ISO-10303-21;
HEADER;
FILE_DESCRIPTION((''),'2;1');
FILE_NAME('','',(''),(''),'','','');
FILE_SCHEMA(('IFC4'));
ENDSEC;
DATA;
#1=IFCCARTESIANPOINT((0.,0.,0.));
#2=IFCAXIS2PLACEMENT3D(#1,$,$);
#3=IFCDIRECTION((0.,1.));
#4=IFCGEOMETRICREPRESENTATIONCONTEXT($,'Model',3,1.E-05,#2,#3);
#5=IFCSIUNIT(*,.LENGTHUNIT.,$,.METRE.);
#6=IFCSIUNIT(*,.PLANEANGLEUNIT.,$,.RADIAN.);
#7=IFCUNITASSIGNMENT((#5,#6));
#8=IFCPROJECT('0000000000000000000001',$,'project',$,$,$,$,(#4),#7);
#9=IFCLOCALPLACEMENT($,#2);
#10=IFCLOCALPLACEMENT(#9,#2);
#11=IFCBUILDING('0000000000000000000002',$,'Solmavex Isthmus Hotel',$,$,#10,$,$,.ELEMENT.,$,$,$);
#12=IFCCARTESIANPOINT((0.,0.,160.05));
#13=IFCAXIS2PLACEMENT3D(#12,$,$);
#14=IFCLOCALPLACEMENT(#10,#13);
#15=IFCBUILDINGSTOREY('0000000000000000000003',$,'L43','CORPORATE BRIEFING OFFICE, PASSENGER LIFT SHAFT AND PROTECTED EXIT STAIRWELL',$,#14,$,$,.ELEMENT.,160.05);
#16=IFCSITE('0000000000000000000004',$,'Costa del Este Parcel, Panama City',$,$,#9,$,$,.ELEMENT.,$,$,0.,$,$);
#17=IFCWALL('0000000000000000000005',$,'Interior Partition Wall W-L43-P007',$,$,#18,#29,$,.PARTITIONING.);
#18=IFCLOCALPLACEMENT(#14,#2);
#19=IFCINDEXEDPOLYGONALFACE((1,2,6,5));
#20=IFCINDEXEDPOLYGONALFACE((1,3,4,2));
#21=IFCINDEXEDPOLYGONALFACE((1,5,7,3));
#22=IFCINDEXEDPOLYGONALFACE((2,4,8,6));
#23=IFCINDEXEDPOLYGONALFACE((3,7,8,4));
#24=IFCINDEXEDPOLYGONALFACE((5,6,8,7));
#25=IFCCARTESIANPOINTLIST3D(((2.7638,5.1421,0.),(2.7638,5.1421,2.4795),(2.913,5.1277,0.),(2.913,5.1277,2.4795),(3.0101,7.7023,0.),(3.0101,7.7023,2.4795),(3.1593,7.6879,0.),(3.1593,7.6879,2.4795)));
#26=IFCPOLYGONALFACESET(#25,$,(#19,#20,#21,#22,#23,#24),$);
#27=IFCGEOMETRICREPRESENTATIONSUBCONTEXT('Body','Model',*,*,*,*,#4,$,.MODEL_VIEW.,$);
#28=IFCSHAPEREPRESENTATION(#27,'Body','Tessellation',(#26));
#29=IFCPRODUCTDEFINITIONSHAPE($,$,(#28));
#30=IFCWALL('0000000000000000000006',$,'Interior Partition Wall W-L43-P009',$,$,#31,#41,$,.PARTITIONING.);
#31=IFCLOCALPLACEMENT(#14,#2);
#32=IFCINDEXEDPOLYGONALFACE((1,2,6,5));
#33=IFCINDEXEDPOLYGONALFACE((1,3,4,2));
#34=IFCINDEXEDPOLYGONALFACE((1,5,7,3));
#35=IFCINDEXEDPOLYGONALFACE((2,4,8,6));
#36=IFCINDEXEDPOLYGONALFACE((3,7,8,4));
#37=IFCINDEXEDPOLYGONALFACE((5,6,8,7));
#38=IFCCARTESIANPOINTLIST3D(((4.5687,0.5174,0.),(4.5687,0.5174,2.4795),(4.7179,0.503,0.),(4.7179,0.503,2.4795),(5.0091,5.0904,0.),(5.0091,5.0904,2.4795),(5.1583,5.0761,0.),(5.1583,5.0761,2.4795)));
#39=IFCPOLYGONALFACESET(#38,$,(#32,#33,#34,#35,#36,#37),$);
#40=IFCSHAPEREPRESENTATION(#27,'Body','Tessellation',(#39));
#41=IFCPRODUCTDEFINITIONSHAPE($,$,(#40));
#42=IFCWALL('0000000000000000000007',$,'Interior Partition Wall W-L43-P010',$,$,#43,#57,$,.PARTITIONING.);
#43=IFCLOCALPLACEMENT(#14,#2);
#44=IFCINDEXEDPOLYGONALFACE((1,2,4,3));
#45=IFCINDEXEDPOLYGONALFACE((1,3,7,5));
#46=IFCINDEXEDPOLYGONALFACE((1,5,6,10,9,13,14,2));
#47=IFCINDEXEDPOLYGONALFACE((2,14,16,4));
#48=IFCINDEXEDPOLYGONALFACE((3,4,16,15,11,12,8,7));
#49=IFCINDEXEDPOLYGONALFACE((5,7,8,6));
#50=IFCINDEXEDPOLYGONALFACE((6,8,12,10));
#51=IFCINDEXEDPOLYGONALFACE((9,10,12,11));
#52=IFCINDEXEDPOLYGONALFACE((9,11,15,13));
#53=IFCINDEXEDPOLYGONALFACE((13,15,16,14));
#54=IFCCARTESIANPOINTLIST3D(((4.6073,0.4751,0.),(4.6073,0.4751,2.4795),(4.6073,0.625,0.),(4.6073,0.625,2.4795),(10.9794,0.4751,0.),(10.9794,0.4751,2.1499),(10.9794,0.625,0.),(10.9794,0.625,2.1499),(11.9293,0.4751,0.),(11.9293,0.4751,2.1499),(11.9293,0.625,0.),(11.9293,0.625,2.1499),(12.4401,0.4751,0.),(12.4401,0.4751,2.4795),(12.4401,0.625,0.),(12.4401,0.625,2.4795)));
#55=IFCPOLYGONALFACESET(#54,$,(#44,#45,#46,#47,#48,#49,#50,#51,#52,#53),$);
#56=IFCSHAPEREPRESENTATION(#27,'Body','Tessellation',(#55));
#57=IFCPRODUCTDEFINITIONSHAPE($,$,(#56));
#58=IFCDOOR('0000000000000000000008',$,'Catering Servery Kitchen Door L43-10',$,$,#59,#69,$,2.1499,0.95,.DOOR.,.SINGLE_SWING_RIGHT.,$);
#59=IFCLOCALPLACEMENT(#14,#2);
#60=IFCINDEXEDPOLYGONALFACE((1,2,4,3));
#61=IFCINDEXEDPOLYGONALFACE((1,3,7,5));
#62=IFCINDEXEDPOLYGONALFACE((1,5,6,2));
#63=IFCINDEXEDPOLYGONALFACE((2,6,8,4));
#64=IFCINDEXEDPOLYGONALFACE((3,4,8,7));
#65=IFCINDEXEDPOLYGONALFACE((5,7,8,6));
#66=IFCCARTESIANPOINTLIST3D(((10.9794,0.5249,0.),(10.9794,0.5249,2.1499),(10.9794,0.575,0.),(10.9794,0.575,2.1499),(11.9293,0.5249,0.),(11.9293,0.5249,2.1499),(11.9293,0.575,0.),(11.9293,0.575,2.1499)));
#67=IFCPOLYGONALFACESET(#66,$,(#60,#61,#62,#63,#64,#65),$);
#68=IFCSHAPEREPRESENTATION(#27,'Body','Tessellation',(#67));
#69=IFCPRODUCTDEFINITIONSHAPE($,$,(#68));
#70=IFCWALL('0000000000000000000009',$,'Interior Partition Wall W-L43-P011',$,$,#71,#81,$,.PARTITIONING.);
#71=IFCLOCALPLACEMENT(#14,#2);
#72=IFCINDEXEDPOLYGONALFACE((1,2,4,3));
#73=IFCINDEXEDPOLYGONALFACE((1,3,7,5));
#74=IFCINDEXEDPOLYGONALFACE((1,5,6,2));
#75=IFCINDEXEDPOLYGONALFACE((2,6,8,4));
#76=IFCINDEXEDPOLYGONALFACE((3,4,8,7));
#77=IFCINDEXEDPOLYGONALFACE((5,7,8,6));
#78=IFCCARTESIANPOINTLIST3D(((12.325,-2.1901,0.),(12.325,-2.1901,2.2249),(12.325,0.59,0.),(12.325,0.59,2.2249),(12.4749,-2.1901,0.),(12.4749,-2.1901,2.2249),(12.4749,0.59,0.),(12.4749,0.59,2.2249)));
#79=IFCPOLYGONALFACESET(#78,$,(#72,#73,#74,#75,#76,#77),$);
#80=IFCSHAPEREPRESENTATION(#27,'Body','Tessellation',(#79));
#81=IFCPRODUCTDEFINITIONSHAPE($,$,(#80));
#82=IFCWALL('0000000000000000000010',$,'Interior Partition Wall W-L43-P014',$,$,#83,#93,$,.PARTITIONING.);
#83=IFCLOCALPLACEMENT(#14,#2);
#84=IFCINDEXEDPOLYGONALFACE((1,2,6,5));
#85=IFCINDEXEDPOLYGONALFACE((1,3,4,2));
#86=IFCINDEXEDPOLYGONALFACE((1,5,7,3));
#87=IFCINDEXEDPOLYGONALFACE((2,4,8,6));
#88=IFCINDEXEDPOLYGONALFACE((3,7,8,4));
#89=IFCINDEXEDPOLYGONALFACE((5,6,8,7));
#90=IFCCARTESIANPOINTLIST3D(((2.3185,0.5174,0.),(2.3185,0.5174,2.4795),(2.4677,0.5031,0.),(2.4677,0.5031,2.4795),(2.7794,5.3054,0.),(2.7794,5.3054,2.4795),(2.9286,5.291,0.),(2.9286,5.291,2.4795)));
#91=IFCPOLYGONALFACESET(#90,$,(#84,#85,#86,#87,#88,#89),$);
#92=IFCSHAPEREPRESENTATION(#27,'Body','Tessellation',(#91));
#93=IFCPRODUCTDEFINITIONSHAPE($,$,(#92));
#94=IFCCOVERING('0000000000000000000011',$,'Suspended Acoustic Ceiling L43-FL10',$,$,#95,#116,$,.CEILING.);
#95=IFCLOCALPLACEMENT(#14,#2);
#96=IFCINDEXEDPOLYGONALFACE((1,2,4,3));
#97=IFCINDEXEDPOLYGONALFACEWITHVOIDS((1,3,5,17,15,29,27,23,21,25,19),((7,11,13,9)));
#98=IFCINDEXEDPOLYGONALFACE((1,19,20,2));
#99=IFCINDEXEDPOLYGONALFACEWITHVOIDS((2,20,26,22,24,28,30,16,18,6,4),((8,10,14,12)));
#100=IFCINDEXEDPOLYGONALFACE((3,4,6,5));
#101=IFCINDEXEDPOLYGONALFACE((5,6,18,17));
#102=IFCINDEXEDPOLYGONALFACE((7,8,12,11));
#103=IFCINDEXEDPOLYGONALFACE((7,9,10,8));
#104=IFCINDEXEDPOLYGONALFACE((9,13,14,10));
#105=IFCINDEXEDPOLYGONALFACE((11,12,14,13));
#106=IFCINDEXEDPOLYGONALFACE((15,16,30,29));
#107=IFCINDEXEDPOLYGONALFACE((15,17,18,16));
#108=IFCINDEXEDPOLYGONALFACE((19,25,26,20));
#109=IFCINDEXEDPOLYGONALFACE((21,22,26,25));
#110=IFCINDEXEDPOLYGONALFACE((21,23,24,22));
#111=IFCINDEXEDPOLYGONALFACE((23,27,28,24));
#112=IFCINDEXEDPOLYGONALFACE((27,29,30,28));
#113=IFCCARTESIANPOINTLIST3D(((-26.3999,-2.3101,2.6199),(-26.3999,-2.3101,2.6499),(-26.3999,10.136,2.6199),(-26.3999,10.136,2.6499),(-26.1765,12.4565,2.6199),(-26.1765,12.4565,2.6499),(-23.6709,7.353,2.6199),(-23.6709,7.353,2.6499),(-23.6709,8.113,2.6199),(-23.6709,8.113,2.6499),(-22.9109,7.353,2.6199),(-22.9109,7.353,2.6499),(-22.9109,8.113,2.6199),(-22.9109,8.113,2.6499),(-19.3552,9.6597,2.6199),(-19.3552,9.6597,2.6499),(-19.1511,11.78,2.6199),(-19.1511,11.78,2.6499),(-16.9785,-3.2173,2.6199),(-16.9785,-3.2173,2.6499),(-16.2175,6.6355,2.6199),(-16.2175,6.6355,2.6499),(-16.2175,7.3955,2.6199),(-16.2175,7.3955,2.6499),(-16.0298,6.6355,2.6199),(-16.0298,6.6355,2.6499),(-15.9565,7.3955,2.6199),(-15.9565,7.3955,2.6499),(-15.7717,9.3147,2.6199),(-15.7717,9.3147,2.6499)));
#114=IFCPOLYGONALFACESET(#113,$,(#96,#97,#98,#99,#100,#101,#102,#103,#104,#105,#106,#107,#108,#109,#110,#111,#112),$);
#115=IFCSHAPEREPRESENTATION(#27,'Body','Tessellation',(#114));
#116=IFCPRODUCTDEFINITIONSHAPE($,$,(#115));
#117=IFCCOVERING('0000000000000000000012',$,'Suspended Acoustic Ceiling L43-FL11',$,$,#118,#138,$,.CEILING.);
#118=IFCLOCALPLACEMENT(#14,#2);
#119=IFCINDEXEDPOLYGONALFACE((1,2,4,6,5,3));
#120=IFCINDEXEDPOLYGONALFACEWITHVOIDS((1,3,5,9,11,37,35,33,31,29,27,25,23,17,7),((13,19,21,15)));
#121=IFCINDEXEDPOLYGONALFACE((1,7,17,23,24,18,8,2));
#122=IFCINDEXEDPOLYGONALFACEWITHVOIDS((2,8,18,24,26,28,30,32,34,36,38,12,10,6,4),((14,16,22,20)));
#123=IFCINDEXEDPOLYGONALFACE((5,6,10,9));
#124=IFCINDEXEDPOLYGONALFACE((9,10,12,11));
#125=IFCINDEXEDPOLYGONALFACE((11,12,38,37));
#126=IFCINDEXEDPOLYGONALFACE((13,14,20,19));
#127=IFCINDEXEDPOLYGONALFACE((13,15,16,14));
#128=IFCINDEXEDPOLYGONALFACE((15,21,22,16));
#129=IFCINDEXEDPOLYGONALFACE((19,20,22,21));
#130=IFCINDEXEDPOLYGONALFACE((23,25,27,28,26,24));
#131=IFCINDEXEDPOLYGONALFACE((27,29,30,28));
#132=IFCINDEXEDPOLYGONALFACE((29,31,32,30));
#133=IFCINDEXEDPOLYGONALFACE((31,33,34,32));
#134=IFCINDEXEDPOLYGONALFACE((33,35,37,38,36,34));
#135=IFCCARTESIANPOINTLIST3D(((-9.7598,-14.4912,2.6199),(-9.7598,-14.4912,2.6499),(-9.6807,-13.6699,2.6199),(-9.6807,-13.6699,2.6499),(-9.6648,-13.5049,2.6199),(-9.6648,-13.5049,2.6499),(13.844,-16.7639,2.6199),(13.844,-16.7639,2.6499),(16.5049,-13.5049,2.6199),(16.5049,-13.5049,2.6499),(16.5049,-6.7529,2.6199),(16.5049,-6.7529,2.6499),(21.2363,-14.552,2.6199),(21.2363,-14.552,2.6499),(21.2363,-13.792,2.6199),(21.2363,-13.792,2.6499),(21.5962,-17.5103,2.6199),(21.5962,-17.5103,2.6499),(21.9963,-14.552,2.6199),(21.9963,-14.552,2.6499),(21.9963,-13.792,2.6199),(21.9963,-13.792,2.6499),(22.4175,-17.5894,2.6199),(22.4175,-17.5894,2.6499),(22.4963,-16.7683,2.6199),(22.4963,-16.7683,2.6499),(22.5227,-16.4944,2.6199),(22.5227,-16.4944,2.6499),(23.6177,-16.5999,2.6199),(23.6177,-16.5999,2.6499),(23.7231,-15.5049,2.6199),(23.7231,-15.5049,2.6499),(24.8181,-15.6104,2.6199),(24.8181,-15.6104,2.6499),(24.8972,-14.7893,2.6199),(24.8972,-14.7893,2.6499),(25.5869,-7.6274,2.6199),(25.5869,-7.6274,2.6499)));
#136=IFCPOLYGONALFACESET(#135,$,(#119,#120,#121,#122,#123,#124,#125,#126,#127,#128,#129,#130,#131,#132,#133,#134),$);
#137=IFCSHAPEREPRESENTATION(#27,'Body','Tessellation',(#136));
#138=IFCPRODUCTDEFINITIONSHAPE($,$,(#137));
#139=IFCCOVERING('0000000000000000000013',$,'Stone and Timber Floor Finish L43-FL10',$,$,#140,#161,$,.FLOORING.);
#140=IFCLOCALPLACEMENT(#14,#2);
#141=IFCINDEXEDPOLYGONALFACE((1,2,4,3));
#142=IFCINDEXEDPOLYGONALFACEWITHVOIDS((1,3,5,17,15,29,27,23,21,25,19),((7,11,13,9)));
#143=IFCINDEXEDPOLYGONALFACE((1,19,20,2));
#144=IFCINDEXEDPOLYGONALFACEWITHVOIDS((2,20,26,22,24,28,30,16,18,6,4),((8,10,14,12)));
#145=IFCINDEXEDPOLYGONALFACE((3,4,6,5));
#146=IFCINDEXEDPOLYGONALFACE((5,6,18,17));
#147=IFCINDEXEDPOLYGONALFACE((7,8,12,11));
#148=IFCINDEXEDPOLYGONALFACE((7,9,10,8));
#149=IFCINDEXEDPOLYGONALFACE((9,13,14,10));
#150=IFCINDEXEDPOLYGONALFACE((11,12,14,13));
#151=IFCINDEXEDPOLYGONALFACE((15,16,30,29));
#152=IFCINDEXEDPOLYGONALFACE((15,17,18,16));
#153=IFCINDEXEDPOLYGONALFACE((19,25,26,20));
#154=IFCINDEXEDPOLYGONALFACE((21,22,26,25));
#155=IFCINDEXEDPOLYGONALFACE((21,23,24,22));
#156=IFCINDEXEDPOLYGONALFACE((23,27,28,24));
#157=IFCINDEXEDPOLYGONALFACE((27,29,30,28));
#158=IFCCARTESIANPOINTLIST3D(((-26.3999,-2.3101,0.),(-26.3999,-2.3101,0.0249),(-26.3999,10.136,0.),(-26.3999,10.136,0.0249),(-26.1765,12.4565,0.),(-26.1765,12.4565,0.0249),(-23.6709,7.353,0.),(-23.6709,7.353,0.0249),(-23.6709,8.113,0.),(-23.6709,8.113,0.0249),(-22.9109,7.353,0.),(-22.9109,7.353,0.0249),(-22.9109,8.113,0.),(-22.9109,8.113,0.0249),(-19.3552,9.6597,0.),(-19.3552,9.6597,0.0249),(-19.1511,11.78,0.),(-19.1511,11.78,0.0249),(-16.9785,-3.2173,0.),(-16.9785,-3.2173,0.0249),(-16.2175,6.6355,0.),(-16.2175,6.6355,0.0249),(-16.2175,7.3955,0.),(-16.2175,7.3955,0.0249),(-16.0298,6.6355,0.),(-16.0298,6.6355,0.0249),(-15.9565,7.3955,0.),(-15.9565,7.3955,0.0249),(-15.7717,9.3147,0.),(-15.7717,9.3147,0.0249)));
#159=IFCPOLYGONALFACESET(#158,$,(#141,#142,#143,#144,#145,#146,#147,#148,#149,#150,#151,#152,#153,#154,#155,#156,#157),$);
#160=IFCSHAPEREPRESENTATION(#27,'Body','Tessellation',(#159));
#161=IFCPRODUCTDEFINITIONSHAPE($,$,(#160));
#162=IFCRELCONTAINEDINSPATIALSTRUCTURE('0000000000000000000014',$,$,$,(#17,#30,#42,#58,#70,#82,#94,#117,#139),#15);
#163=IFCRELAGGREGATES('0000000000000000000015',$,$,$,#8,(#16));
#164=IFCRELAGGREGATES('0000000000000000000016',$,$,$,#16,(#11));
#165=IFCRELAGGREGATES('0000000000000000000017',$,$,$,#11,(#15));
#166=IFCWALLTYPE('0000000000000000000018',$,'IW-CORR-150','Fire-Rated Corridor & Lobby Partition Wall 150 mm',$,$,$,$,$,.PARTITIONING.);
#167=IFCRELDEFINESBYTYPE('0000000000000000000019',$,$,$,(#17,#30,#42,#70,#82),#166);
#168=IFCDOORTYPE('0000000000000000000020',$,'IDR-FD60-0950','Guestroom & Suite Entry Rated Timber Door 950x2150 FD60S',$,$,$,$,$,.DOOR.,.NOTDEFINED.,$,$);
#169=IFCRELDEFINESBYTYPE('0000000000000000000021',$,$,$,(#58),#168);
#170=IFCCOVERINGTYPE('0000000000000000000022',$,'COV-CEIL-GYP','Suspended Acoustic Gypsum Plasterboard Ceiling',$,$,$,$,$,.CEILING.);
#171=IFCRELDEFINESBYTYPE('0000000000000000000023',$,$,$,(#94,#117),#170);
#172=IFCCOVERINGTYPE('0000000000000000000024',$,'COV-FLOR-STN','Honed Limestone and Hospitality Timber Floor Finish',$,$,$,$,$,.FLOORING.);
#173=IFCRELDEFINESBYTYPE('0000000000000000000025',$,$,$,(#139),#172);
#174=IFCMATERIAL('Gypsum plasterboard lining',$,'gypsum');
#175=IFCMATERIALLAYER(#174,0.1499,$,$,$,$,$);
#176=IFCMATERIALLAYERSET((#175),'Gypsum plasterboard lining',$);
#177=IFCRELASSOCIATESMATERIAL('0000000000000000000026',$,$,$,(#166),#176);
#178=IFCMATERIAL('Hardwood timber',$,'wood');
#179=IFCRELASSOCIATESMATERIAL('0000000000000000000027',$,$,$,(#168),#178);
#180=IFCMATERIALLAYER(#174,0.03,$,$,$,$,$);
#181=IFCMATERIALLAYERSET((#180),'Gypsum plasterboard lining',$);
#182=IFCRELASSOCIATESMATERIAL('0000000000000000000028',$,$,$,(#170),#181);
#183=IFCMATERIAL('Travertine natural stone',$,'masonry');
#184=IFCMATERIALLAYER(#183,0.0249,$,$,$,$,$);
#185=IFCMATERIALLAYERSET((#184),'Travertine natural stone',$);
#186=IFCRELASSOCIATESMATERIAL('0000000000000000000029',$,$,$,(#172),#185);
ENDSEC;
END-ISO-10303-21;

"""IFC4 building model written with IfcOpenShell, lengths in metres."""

from ifc_helpers import new_model, si_unit, direction, frame, frame_2d, origin, place, context, subcontext, project, spatial, polyline, rectangle, outline, extrude, material, layer, layer_set, type_object, element, fill, save


model = new_model("IFC4")

# Units and contexts
model_context = context("Model", 3, precision=1e-05, world=origin(), true_north=direction((0.0, 1.0)))
body_context = subcontext(model_context, "Body", "Model", "MODEL_VIEW")
ifc_project = project(units=[si_unit("LENGTHUNIT", "METRE"), si_unit("PLANEANGLEUNIT", "RADIAN")], contexts=[model_context])

# Site, building, storey
site_placement = place(None, origin())
site = spatial("IfcSite", under=ifc_project, at=site_placement, Name="Costa del Este Parcel, Panama City", CompositionType="ELEMENT", RefElevation=0.0)
building_placement = place(site_placement, origin())
building = spatial("IfcBuilding", under=site, at=building_placement, Name="Solmavex Isthmus Hotel", CompositionType="ELEMENT")
storey_placement = place(building_placement, frame((0.0, 0.0, 160.05)))
storey = spatial("IfcBuildingStorey", under=building, at=storey_placement, Name="L43", Description="CORPORATE BRIEFING OFFICE, PASSENGER LIFT SHAFT AND PROTECTED EXIT STAIRWELL", CompositionType="ELEMENT", Elevation=160.05)

# Walls
ifc_material_1 = material(Name="Gypsum plasterboard lining", Category="gypsum")
ifc_layer_1 = layer(ifc_material_1, 0.1499)
ifc_layer_set_1 = layer_set([ifc_layer_1], Name="Gypsum plasterboard lining")
wall_type_1 = type_object("IfcWallType", Name="IW-CORR-150", Description="Fire-Rated Corridor & Lobby Partition Wall 150 mm", PredefinedType="PARTITIONING", material=ifc_layer_set_1)
wall_1_placement = place(storey_placement, frame((2.8384, 5.1348, 0.0), z_axis=(0.0, 0.0, 1.0), x_axis=(0.095772, 0.995403, 0.0)))
element("IfcWall", 1, at=wall_1_placement, inside=storey, type_object=wall_type_1, Name="Interior Partition Wall W-L43-P007", PredefinedType="PARTITIONING", context=body_context, shape_type="SweptSolid", body=[
    extrude(rectangle(XDim=2.572, YDim=0.1499, at=frame_2d((1.2861, 0.0))), origin(), (0.0, 0.0, 1.0), 2.4795),
])
wall_2_placement = place(storey_placement, frame((5.0837, 5.0833, 0.0), z_axis=(0.0, 0.0, 1.0), x_axis=(-0.095867, -0.995394, 0.0)))
element("IfcWall", 2, at=wall_2_placement, inside=storey, type_object=wall_type_1, Name="Interior Partition Wall W-L43-P009", PredefinedType="PARTITIONING", context=body_context, shape_type="SweptSolid", body=[
    extrude(rectangle(XDim=4.5942, YDim=0.1499, at=frame_2d((2.2971, 0.0))), origin(), (0.0, 0.0, 1.0), 2.4795),
])

# Wall, opening, door
wall_3_placement = place(storey_placement, frame((4.6072, 0.55, 0.0), z_axis=(0.0, 0.0, 1.0), x_axis=(1.0, 0.0, 0.0)))
wall_3 = element("IfcWall", 3, at=wall_3_placement, inside=storey, type_object=wall_type_1, Name="Interior Partition Wall W-L43-P010", PredefinedType="PARTITIONING", context=body_context, shape_type="SweptSolid", body=[
    extrude(rectangle(XDim=7.8328, YDim=0.1499, at=frame_2d((3.9165, 0.0))), origin(), (0.0, 0.0, 1.0), 2.4795),
])
opening_placement = place(wall_3_placement, frame((6.3721, 0.0, 0.0)))
opening = element("IfcOpeningElement", 4, at=opening_placement, cuts=wall_3, PredefinedType="OPENING", context=body_context, shape_type="SweptSolid", body=[
    extrude(rectangle(XDim=0.95, YDim=2.1499, at=frame_2d((0.4751, 1.075))), frame((0.0, 0.085, 0.0), z_axis=(0.0, -1.0, 0.0), x_axis=(1.0, 0.0, 0.0)), (0.0, 0.0, 1.0), 0.1699),
])
ifc_material_2 = material(Name="Hardwood timber", Category="wood")
door_type = type_object("IfcDoorType", Name="IDR-FD60-0950", Description="Guestroom & Suite Entry Rated Timber Door 950x2150 FD60S", OperationType="NOTDEFINED", PredefinedType="DOOR", material=ifc_material_2)
door_placement = place(opening_placement, origin())
door = element("IfcDoor", 5, at=door_placement, inside=storey, type_object=door_type, Name="Catering Servery Kitchen Door L43-10", OperationType="SINGLE_SWING_RIGHT", OverallHeight=2.1499, OverallWidth=0.95, PredefinedType="DOOR", context=body_context, shape_type="SweptSolid", body=[
    extrude(rectangle(XDim=0.95, YDim=2.1499, at=frame_2d((0.4751, 1.075))), frame((0.0, 0.0249, 0.0), z_axis=(0.0, -1.0, 0.0), x_axis=(1.0, 0.0, 0.0)), (0.0, 0.0, 1.0), 0.05),
])
fill(opening, door)

# Walls
wall_4_placement = place(storey_placement, frame((12.3999, 0.5901, 0.0), z_axis=(0.0, 0.0, 1.0), x_axis=(0.0, -1.0, 0.0)))
element("IfcWall", 6, at=wall_4_placement, inside=storey, type_object=wall_type_1, Name="Interior Partition Wall W-L43-P011", PredefinedType="PARTITIONING", context=body_context, shape_type="SweptSolid", body=[
    extrude(rectangle(XDim=2.78, YDim=0.1499, at=frame_2d((1.3901, 0.0))), origin(), (0.0, 0.0, 1.0), 2.2249),
])
wall_5_placement = place(storey_placement, frame((2.3931, 0.5103, 0.0), z_axis=(0.0, 0.0, 1.0), x_axis=(0.095829, 0.995398, 0.0)))
element("IfcWall", 7, at=wall_5_placement, inside=storey, type_object=wall_type_1, Name="Interior Partition Wall W-L43-P014", PredefinedType="PARTITIONING", context=body_context, shape_type="SweptSolid", body=[
    extrude(rectangle(XDim=4.8101, YDim=0.1499, at=frame_2d((2.405, 0.0))), origin(), (0.0, 0.0, 1.0), 2.4795),
])

# Coverings
ifc_layer_2 = layer(ifc_material_1, 0.03)
ifc_layer_set_2 = layer_set([ifc_layer_2], Name="Gypsum plasterboard lining")
covering_type_1 = type_object("IfcCoveringType", Name="COV-CEIL-GYP", Description="Suspended Acoustic Gypsum Plasterboard Ceiling", PredefinedType="CEILING", material=ifc_layer_set_2)
covering_1_placement = place(storey_placement, frame((0.0, 0.0, 2.6199)))
element("IfcCovering", 8, at=covering_1_placement, inside=storey, type_object=covering_type_1, Name="Suspended Acoustic Ceiling L43-FL10", PredefinedType="CEILING", context=body_context, shape_type="SweptSolid", body=[
    extrude(outline(polyline([(-16.0298, 6.6355), (-16.2175, 6.6355), (-16.2175, 7.3955), (-15.9565, 7.3955), (-15.7717, 9.3147), (-19.3552, 9.6597), (-19.1511, 11.78), (-26.1765, 12.4565), (-26.3999, 10.136), (-26.3999, -2.3101), (-16.9785, -3.2173), (-16.0298, 6.6355)]), holes=[polyline([(-23.6709, 7.353), (-23.6709, 8.113), (-22.9109, 8.113), (-22.9109, 7.353), (-23.6709, 7.353)])]), origin(), (0.0, 0.0, 1.0), 0.03),
])
covering_2_placement = place(storey_placement, frame((0.0, 0.0, 2.6199)))
element("IfcCovering", 9, at=covering_2_placement, inside=storey, type_object=covering_type_1, Name="Suspended Acoustic Ceiling L43-FL11", PredefinedType="CEILING", context=body_context, shape_type="SweptSolid", body=[
    extrude(outline(polyline([(21.5962, -17.5103), (22.4175, -17.5894), (22.4963, -16.7683), (22.5227, -16.4944), (23.6177, -16.5999), (23.7231, -15.5049), (24.8181, -15.6104), (24.8972, -14.7893), (25.5869, -7.6274), (16.5049, -6.7529), (16.5049, -13.5049), (-9.6648, -13.5049), (-9.6807, -13.6699), (-9.7598, -14.4912), (13.844, -16.7639), (21.5962, -17.5103)]), holes=[polyline([(21.2363, -14.552), (21.2363, -13.792), (21.9963, -13.792), (21.9963, -14.552), (21.2363, -14.552)])]), origin(), (0.0, 0.0, 1.0), 0.03),
])
ifc_material_3 = material(Name="Travertine natural stone", Category="masonry")
ifc_layer_3 = layer(ifc_material_3, 0.0249)
ifc_layer_set_3 = layer_set([ifc_layer_3], Name="Travertine natural stone")
covering_type_2 = type_object("IfcCoveringType", Name="COV-FLOR-STN", Description="Honed Limestone and Hospitality Timber Floor Finish", PredefinedType="FLOORING", material=ifc_layer_set_3)
covering_3_placement = place(storey_placement, origin())
element("IfcCovering", 10, at=covering_3_placement, inside=storey, type_object=covering_type_2, Name="Stone and Timber Floor Finish L43-FL10", PredefinedType="FLOORING", context=body_context, shape_type="SweptSolid", body=[
    extrude(outline(polyline([(-16.0298, 6.6355), (-16.2175, 6.6355), (-16.2175, 7.3955), (-15.9565, 7.3955), (-15.7717, 9.3147), (-19.3552, 9.6597), (-19.1511, 11.78), (-26.1765, 12.4565), (-26.3999, 10.136), (-26.3999, -2.3101), (-16.9785, -3.2173), (-16.0298, 6.6355)]), holes=[polyline([(-23.6709, 7.353), (-23.6709, 8.113), (-22.9109, 8.113), (-22.9109, 7.353), (-23.6709, 7.353)])]), origin(), (0.0, 0.0, 1.0), 0.0249),
])

save(model, "model.ifc")
